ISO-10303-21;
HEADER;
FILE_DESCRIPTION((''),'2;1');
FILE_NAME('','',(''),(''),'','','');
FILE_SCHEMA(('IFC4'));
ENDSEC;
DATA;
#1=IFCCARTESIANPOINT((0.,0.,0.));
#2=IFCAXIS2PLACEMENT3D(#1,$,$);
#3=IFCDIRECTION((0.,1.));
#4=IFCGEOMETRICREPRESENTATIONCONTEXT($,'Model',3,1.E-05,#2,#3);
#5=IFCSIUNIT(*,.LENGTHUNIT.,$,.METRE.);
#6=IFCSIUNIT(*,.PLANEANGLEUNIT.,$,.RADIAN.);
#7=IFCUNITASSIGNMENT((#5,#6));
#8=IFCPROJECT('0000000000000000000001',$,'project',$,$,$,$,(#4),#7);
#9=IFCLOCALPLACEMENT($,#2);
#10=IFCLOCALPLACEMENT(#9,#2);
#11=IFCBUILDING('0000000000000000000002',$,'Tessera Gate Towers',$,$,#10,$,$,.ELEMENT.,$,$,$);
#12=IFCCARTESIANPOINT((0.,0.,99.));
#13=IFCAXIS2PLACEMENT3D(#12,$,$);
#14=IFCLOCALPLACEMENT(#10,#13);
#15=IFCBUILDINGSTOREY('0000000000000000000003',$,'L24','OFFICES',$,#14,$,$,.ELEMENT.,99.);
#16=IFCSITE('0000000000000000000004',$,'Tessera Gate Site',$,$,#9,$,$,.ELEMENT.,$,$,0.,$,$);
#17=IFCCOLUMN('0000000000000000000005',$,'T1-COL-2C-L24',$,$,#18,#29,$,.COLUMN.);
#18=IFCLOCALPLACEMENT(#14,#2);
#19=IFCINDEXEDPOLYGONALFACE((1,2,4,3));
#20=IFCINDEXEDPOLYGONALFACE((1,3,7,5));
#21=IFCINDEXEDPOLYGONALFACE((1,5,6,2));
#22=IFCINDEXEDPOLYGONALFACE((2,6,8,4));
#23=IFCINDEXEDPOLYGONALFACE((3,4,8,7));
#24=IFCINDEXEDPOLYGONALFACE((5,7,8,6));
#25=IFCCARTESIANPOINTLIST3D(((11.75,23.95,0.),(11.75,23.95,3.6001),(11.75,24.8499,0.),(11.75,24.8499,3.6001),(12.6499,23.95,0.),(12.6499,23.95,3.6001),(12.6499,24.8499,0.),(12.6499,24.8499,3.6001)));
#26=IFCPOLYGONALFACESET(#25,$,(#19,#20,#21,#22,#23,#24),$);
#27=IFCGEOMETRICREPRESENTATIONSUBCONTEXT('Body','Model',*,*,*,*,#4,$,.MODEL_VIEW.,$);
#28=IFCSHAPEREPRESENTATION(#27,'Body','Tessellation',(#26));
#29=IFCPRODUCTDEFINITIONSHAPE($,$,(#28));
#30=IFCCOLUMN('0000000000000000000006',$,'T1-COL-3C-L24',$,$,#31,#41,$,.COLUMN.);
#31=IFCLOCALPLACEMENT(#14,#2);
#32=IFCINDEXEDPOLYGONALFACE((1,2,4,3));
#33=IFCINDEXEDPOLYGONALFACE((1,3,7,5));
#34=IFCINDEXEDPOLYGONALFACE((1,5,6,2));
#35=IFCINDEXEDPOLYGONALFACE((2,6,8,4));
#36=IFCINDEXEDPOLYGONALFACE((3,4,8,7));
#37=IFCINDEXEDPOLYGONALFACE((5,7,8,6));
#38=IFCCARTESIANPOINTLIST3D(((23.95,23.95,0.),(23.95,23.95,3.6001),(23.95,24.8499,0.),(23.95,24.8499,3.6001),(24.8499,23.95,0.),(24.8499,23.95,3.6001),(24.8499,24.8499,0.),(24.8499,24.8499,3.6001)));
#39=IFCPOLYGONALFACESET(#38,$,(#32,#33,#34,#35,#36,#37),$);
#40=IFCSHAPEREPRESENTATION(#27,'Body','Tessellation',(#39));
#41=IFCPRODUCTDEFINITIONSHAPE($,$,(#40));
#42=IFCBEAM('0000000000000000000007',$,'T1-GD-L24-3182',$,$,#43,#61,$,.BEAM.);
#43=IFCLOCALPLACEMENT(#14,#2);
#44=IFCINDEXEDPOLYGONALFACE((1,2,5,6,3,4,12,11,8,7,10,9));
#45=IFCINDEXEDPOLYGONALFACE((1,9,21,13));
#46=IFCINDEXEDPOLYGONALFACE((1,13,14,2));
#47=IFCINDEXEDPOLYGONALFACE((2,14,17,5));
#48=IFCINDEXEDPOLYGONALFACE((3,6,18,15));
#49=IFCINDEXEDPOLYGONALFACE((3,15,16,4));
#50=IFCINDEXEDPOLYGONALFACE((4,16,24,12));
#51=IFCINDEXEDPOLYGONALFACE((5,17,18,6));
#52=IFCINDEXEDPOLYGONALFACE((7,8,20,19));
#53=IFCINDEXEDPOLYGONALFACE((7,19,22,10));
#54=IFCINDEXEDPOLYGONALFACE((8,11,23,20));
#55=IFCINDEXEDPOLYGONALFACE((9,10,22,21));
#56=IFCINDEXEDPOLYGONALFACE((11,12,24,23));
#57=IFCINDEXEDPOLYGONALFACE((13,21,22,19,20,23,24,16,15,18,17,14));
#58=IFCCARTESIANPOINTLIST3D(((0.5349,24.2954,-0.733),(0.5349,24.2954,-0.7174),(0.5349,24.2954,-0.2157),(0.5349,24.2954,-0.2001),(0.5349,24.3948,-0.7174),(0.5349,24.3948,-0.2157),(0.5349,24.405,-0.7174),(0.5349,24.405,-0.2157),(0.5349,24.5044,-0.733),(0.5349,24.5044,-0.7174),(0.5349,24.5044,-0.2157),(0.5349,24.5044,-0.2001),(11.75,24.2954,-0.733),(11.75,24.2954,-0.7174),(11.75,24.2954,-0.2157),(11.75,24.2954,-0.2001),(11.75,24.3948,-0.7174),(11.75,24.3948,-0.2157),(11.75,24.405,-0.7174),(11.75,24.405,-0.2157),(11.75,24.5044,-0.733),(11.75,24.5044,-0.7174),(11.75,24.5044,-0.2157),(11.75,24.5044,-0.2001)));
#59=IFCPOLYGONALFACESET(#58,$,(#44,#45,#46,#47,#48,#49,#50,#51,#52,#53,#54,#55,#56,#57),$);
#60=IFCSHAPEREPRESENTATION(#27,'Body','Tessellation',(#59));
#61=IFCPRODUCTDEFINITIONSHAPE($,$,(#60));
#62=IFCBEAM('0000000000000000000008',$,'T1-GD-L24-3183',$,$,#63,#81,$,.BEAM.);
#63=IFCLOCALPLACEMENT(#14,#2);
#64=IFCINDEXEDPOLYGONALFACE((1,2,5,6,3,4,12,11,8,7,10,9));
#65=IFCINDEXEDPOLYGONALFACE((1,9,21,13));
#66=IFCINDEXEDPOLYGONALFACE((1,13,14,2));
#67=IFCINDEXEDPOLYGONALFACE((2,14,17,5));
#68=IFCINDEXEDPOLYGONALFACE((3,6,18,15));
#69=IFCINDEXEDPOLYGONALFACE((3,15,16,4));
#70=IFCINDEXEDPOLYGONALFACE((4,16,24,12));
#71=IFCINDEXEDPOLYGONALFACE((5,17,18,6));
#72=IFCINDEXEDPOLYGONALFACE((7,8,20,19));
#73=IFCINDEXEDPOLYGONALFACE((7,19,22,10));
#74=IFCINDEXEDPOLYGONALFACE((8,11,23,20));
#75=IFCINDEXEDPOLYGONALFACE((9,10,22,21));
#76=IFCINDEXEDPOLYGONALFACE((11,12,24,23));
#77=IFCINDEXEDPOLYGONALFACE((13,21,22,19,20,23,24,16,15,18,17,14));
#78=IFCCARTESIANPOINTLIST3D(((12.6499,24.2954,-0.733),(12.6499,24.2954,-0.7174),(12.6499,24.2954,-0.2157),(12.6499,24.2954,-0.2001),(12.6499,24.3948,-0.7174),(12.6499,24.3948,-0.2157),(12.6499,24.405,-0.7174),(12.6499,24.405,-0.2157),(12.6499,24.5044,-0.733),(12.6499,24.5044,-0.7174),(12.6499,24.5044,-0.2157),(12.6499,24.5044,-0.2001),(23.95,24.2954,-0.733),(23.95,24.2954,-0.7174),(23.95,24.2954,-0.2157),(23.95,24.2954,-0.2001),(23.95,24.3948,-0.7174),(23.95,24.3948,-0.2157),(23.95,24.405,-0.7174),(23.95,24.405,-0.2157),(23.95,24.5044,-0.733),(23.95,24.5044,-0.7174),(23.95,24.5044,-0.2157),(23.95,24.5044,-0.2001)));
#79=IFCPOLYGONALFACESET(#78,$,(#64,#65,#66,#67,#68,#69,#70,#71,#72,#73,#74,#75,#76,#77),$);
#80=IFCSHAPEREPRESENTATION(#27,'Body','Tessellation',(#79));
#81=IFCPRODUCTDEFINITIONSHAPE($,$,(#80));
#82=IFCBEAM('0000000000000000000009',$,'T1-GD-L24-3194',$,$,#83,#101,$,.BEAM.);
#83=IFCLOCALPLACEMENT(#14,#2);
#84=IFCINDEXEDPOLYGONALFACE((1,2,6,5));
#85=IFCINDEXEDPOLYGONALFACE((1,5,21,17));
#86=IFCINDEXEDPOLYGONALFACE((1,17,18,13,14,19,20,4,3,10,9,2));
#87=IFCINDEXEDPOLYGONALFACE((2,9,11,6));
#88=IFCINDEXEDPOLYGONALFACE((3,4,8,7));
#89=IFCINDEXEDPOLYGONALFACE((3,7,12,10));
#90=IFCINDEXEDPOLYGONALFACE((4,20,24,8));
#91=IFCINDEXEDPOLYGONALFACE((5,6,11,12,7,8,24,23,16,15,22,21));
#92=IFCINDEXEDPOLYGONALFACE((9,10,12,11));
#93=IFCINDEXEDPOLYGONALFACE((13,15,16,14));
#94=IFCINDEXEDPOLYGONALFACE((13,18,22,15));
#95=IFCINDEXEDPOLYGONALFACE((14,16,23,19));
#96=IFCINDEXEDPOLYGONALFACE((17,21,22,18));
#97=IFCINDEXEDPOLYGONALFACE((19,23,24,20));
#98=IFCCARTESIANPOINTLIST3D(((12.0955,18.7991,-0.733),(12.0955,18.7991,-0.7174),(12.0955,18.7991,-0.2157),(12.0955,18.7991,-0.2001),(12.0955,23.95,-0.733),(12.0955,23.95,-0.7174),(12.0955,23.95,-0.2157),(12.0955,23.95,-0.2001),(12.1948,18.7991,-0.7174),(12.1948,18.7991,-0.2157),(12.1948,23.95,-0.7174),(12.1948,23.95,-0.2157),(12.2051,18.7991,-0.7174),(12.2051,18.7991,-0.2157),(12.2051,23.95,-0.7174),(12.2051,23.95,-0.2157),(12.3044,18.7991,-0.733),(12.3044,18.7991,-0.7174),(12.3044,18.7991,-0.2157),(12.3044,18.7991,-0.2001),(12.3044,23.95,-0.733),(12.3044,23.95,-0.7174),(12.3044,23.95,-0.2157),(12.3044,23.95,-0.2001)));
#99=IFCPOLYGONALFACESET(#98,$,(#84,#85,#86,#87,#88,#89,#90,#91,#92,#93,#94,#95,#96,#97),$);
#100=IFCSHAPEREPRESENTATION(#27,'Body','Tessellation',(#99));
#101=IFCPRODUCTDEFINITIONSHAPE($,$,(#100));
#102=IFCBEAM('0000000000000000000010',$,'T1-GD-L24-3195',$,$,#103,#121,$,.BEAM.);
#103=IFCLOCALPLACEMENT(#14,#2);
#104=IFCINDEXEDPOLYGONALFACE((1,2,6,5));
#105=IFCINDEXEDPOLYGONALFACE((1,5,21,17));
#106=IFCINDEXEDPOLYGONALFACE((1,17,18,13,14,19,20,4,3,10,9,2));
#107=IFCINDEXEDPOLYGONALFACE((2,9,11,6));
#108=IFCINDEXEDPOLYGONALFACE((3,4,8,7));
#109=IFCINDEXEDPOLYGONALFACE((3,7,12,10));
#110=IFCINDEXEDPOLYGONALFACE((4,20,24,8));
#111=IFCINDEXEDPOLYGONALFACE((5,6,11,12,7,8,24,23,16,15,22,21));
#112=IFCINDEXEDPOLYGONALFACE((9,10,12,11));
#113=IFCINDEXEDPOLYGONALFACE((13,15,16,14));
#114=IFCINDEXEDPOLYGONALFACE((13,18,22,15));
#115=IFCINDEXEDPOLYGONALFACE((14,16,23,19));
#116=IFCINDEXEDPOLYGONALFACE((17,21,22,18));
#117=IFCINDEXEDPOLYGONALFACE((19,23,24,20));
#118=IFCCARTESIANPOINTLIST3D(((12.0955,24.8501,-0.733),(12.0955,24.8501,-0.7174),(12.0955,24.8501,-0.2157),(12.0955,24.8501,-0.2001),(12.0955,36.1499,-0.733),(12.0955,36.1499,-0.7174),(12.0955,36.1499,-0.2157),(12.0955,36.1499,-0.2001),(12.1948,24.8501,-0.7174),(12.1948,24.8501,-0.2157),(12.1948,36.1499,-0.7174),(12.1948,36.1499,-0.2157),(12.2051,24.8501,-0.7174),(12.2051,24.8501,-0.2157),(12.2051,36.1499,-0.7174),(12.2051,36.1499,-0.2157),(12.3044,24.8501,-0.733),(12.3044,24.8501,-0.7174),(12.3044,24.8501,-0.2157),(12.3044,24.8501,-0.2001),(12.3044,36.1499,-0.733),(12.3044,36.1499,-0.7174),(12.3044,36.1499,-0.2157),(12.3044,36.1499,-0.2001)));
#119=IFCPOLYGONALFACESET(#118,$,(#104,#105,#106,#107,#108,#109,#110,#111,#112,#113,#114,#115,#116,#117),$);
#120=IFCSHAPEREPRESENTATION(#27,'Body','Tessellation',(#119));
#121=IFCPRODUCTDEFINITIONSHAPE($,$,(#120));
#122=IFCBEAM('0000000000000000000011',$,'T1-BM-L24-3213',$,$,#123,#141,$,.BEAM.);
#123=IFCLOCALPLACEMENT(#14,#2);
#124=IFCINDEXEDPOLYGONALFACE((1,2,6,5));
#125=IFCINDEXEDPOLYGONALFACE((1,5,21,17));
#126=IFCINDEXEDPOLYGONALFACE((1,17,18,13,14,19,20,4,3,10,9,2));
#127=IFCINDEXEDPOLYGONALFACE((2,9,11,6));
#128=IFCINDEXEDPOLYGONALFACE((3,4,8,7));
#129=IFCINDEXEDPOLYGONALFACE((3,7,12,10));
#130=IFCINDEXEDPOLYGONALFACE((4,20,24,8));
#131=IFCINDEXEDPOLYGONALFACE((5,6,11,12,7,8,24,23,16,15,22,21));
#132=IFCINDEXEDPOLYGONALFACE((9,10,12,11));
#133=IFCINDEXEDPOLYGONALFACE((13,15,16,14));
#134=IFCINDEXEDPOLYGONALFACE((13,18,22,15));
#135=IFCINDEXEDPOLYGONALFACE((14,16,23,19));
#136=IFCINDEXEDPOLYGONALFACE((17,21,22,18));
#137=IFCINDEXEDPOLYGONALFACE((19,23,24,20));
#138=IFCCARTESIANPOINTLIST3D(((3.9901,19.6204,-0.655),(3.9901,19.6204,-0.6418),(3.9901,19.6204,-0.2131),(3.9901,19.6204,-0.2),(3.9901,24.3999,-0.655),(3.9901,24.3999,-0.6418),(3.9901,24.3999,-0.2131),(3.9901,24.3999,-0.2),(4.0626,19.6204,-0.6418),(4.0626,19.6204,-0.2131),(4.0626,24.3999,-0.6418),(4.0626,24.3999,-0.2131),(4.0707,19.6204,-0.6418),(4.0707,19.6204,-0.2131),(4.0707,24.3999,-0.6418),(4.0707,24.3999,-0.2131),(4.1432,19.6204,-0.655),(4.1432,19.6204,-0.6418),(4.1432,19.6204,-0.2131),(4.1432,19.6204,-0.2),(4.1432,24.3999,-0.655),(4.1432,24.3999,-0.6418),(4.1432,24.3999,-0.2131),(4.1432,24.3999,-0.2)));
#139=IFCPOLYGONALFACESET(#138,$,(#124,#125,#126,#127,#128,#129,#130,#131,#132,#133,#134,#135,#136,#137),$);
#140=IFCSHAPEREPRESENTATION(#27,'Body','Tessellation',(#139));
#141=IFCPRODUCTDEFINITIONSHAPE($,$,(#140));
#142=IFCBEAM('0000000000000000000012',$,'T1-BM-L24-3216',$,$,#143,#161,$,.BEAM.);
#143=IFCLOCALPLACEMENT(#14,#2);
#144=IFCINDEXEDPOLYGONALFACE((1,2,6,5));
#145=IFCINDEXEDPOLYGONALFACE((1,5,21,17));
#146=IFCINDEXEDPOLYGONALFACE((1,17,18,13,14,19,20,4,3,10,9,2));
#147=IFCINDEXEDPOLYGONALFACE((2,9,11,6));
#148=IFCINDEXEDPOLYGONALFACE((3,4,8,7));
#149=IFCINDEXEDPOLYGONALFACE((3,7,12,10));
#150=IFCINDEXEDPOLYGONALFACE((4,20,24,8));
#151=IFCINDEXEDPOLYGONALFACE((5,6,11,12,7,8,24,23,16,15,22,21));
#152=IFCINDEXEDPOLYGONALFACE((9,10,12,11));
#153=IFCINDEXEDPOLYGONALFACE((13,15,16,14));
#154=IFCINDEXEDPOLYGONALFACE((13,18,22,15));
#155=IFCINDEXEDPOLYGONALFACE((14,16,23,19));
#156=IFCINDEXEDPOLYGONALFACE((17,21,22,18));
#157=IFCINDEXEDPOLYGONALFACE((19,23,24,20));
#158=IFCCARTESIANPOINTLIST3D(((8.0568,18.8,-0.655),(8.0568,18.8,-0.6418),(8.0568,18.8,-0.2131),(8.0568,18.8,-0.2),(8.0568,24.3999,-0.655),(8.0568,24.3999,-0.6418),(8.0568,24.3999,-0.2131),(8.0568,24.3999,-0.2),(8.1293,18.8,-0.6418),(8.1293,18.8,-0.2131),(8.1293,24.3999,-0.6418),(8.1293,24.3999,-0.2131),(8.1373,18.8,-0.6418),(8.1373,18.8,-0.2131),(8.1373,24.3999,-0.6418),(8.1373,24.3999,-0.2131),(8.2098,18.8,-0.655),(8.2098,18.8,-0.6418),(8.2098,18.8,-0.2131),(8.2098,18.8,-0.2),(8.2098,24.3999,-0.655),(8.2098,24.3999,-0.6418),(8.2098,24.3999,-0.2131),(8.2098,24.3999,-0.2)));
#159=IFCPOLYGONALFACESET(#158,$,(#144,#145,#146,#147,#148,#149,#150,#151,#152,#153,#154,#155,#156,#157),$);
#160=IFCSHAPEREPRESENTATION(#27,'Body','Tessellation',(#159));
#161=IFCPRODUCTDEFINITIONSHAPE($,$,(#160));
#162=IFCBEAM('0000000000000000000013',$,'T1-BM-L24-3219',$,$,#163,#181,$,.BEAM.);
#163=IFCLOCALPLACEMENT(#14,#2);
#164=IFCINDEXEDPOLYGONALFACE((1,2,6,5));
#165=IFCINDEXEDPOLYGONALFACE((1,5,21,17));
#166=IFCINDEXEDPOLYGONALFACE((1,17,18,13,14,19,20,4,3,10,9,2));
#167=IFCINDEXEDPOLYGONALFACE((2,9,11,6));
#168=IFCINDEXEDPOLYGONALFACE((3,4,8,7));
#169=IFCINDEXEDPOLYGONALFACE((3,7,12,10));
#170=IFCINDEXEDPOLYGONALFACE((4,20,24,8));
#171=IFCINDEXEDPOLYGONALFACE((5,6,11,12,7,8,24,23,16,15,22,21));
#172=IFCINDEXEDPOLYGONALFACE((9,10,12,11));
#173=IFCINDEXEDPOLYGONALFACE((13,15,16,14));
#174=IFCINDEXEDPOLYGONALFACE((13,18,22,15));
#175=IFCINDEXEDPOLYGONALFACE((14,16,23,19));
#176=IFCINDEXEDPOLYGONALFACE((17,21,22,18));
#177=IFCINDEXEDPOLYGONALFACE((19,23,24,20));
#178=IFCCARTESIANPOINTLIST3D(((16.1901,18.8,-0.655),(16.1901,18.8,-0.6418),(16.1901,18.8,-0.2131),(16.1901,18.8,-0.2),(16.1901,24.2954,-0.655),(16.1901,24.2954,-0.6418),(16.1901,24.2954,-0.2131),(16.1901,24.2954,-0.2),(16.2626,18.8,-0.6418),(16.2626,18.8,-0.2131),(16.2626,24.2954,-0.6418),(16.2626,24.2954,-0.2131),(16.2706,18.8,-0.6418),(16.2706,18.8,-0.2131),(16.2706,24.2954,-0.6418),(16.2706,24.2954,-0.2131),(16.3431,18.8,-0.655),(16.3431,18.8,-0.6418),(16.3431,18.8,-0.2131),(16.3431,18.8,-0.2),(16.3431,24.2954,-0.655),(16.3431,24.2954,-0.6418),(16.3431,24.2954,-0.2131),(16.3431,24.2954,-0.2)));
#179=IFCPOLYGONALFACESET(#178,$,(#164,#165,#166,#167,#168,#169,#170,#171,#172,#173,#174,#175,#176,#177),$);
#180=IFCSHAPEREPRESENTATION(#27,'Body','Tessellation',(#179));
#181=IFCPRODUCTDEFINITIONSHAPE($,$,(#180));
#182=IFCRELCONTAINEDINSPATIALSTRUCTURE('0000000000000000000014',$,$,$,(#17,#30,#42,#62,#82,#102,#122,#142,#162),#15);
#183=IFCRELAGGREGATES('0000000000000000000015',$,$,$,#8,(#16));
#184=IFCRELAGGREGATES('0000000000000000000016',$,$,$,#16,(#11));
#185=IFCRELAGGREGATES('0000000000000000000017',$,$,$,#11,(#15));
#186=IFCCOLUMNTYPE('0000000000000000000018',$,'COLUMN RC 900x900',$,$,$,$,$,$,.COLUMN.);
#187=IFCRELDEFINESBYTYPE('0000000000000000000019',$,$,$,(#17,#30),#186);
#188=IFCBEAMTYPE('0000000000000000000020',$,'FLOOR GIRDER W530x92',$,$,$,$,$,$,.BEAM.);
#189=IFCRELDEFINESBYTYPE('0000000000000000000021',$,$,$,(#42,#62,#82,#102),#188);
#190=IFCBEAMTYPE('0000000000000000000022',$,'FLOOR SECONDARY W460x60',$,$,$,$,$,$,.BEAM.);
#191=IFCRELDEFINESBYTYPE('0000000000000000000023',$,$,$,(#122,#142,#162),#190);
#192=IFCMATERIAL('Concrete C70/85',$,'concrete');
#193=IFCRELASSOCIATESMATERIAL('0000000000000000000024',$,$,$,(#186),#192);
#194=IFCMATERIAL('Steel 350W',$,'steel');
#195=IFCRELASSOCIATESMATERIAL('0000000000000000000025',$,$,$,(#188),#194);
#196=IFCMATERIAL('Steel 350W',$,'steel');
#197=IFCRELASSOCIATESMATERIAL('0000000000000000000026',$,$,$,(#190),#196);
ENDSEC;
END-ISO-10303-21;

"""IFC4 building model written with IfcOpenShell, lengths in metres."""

from ifc_helpers import new_model, si_unit, direction, frame, origin, origin_2d, place, context, subcontext, project, spatial, rectangle, i_section, extrude, material, material_profile, profile_set, type_object, element, save


model = new_model("IFC4")

# Units and contexts
model_context = context("Model", 3, precision=1e-05, world=origin(), true_north=direction((0.0, 1.0)))
body_context = subcontext(model_context, "Body", "Model", "MODEL_VIEW")
ifc_project = project(units=[si_unit("LENGTHUNIT", "METRE"), si_unit("PLANEANGLEUNIT", "RADIAN")], contexts=[model_context])

# Site, building, storey
site_placement = place(None, origin())
site = spatial("IfcSite", under=ifc_project, at=site_placement, Name="Tessera Gate Site", CompositionType="ELEMENT", RefElevation=0.0)
building_placement = place(site_placement, origin())
building = spatial("IfcBuilding", under=site, at=building_placement, Name="Tessera Gate Towers", CompositionType="ELEMENT")
storey_placement = place(building_placement, frame((0.0, 0.0, 99.0)))
storey = spatial("IfcBuildingStorey", under=building, at=storey_placement, Name="L24", Description="OFFICES", CompositionType="ELEMENT", Elevation=99.0)

# Columns
ifc_material_1 = material(Name="Concrete C70/85", Category="concrete")
ifc_material_profile_1 = material_profile(ifc_material_1, rectangle(XDim=0.8999, YDim=0.8999, at=origin_2d()), Name="RC 900x900")
ifc_profile_set_1 = profile_set([ifc_material_profile_1], Name="Concrete C70/85")
column_type = type_object("IfcColumnType", Name="COLUMN RC 900x900", PredefinedType="COLUMN", material=ifc_profile_set_1)
for number, where, z_axis, x_axis, name in (
    (1, (12.2, 24.3999, 0.0), (0.0, 0.0, 1.0), (1.0, 0.0, 0.0), "T1-COL-2C-L24"),
    (2, (24.3999, 24.3999, 0.0), (0.0, 0.0, 1.0), (1.0, 0.0, 0.0), "T1-COL-3C-L24"),
):
    element("IfcColumn", number, at=place(storey_placement, frame(where, z_axis=z_axis, x_axis=x_axis)), inside=storey, type_object=column_type, Name=name, PredefinedType="COLUMN", context=body_context, shape_type="SweptSolid", body=[
        extrude(rectangle(XDim=0.8999, YDim=0.8999, at=origin_2d()), origin(), (0.0, 0.0, 1.0), 3.6001),
    ])

# Beams
ifc_material_2 = material(Name="Steel 350W", Category="steel")
ifc_material_profile_2 = material_profile(ifc_material_2, i_section(OverallWidth=0.209, OverallDepth=0.533, WebThickness=0.0103, FlangeThickness=0.0156, at=origin_2d()), Name="W530x92")
ifc_profile_set_2 = profile_set([ifc_material_profile_2], Name="Steel 350W")
beam_type_1 = type_object("IfcBeamType", Name="FLOOR GIRDER W530x92", PredefinedType="BEAM", material=ifc_profile_set_2)
beam_1_placement = place(storey_placement, frame((0.5349, 24.3999, -0.4666), z_axis=(1.0, 0.0, 0.0), x_axis=(0.0, 1.0, 0.0)))
element("IfcBeam", 3, at=beam_1_placement, inside=storey, type_object=beam_type_1, Name="T1-GD-L24-3182", PredefinedType="BEAM", context=body_context, shape_type="SweptSolid", body=[
    extrude(i_section(OverallWidth=0.209, OverallDepth=0.533, WebThickness=0.0103, FlangeThickness=0.0156, at=origin_2d()), origin(), (0.0, 0.0, 1.0), 11.2151),
])
beam_2_placement = place(storey_placement, frame((12.6499, 24.3999, -0.4666), z_axis=(1.0, 0.0, 0.0), x_axis=(0.0, 1.0, 0.0)))
element("IfcBeam", 4, at=beam_2_placement, inside=storey, type_object=beam_type_1, Name="T1-GD-L24-3183", PredefinedType="BEAM", context=body_context, shape_type="SweptSolid", body=[
    extrude(i_section(OverallWidth=0.209, OverallDepth=0.533, WebThickness=0.0103, FlangeThickness=0.0156, at=origin_2d()), origin(), (0.0, 0.0, 1.0), 11.3),
])
beam_3_placement = place(storey_placement, frame((12.2, 18.7991, -0.4666), z_axis=(0.0, 1.0, 0.0), x_axis=(-1.0, 0.0, 0.0)))
element("IfcBeam", 5, at=beam_3_placement, inside=storey, type_object=beam_type_1, Name="T1-GD-L24-3194", PredefinedType="BEAM", context=body_context, shape_type="SweptSolid", body=[
    extrude(i_section(OverallWidth=0.209, OverallDepth=0.533, WebThickness=0.0103, FlangeThickness=0.0156, at=origin_2d()), origin(), (0.0, 0.0, 1.0), 5.1509),
])
beam_4_placement = place(storey_placement, frame((12.2, 24.8501, -0.4666), z_axis=(0.0, 1.0, 0.0), x_axis=(-1.0, 0.0, 0.0)))
element("IfcBeam", 6, at=beam_4_placement, inside=storey, type_object=beam_type_1, Name="T1-GD-L24-3195", PredefinedType="BEAM", context=body_context, shape_type="SweptSolid", body=[
    extrude(i_section(OverallWidth=0.209, OverallDepth=0.533, WebThickness=0.0103, FlangeThickness=0.0156, at=origin_2d()), origin(), (0.0, 0.0, 1.0), 11.2998),
])
ifc_material_3 = material(Name="Steel 350W", Category="steel")
ifc_material_profile_3 = material_profile(ifc_material_3, i_section(OverallWidth=0.1531, OverallDepth=0.4551, WebThickness=0.0081, FlangeThickness=0.0132, at=origin_2d()), Name="W460x60")
ifc_profile_set_3 = profile_set([ifc_material_profile_3], Name="Steel 350W")
beam_type_2 = type_object("IfcBeamType", Name="FLOOR SECONDARY W460x60", PredefinedType="BEAM", material=ifc_profile_set_3)
beam_5_placement = place(storey_placement, frame((4.0667, 19.6204, -0.4275), z_axis=(0.0, 1.0, 0.0), x_axis=(-1.0, 0.0, 0.0)))
element("IfcBeam", 7, at=beam_5_placement, inside=storey, type_object=beam_type_2, Name="T1-BM-L24-3213", PredefinedType="BEAM", context=body_context, shape_type="SweptSolid", body=[
    extrude(i_section(OverallWidth=0.1531, OverallDepth=0.4551, WebThickness=0.0081, FlangeThickness=0.0132, at=origin_2d()), origin(), (0.0, 0.0, 1.0), 4.7795),
])
beam_6_placement = place(storey_placement, frame((8.1333, 18.8, -0.4275), z_axis=(0.0, 1.0, 0.0), x_axis=(-1.0, 0.0, 0.0)))
element("IfcBeam", 8, at=beam_6_placement, inside=storey, type_object=beam_type_2, Name="T1-BM-L24-3216", PredefinedType="BEAM", context=body_context, shape_type="SweptSolid", body=[
    extrude(i_section(OverallWidth=0.1531, OverallDepth=0.4551, WebThickness=0.0081, FlangeThickness=0.0132, at=origin_2d()), origin(), (0.0, 0.0, 1.0), 5.5999),
])
beam_7_placement = place(storey_placement, frame((16.2666, 18.8, -0.4275), z_axis=(0.0, 1.0, 0.0), x_axis=(-1.0, 0.0, 0.0)))
element("IfcBeam", 9, at=beam_7_placement, inside=storey, type_object=beam_type_2, Name="T1-BM-L24-3219", PredefinedType="BEAM", context=body_context, shape_type="SweptSolid", body=[
    extrude(i_section(OverallWidth=0.1531, OverallDepth=0.4551, WebThickness=0.0081, FlangeThickness=0.0132, at=origin_2d()), origin(), (0.0, 0.0, 1.0), 5.4954),
])

save(model, "model.ifc")
